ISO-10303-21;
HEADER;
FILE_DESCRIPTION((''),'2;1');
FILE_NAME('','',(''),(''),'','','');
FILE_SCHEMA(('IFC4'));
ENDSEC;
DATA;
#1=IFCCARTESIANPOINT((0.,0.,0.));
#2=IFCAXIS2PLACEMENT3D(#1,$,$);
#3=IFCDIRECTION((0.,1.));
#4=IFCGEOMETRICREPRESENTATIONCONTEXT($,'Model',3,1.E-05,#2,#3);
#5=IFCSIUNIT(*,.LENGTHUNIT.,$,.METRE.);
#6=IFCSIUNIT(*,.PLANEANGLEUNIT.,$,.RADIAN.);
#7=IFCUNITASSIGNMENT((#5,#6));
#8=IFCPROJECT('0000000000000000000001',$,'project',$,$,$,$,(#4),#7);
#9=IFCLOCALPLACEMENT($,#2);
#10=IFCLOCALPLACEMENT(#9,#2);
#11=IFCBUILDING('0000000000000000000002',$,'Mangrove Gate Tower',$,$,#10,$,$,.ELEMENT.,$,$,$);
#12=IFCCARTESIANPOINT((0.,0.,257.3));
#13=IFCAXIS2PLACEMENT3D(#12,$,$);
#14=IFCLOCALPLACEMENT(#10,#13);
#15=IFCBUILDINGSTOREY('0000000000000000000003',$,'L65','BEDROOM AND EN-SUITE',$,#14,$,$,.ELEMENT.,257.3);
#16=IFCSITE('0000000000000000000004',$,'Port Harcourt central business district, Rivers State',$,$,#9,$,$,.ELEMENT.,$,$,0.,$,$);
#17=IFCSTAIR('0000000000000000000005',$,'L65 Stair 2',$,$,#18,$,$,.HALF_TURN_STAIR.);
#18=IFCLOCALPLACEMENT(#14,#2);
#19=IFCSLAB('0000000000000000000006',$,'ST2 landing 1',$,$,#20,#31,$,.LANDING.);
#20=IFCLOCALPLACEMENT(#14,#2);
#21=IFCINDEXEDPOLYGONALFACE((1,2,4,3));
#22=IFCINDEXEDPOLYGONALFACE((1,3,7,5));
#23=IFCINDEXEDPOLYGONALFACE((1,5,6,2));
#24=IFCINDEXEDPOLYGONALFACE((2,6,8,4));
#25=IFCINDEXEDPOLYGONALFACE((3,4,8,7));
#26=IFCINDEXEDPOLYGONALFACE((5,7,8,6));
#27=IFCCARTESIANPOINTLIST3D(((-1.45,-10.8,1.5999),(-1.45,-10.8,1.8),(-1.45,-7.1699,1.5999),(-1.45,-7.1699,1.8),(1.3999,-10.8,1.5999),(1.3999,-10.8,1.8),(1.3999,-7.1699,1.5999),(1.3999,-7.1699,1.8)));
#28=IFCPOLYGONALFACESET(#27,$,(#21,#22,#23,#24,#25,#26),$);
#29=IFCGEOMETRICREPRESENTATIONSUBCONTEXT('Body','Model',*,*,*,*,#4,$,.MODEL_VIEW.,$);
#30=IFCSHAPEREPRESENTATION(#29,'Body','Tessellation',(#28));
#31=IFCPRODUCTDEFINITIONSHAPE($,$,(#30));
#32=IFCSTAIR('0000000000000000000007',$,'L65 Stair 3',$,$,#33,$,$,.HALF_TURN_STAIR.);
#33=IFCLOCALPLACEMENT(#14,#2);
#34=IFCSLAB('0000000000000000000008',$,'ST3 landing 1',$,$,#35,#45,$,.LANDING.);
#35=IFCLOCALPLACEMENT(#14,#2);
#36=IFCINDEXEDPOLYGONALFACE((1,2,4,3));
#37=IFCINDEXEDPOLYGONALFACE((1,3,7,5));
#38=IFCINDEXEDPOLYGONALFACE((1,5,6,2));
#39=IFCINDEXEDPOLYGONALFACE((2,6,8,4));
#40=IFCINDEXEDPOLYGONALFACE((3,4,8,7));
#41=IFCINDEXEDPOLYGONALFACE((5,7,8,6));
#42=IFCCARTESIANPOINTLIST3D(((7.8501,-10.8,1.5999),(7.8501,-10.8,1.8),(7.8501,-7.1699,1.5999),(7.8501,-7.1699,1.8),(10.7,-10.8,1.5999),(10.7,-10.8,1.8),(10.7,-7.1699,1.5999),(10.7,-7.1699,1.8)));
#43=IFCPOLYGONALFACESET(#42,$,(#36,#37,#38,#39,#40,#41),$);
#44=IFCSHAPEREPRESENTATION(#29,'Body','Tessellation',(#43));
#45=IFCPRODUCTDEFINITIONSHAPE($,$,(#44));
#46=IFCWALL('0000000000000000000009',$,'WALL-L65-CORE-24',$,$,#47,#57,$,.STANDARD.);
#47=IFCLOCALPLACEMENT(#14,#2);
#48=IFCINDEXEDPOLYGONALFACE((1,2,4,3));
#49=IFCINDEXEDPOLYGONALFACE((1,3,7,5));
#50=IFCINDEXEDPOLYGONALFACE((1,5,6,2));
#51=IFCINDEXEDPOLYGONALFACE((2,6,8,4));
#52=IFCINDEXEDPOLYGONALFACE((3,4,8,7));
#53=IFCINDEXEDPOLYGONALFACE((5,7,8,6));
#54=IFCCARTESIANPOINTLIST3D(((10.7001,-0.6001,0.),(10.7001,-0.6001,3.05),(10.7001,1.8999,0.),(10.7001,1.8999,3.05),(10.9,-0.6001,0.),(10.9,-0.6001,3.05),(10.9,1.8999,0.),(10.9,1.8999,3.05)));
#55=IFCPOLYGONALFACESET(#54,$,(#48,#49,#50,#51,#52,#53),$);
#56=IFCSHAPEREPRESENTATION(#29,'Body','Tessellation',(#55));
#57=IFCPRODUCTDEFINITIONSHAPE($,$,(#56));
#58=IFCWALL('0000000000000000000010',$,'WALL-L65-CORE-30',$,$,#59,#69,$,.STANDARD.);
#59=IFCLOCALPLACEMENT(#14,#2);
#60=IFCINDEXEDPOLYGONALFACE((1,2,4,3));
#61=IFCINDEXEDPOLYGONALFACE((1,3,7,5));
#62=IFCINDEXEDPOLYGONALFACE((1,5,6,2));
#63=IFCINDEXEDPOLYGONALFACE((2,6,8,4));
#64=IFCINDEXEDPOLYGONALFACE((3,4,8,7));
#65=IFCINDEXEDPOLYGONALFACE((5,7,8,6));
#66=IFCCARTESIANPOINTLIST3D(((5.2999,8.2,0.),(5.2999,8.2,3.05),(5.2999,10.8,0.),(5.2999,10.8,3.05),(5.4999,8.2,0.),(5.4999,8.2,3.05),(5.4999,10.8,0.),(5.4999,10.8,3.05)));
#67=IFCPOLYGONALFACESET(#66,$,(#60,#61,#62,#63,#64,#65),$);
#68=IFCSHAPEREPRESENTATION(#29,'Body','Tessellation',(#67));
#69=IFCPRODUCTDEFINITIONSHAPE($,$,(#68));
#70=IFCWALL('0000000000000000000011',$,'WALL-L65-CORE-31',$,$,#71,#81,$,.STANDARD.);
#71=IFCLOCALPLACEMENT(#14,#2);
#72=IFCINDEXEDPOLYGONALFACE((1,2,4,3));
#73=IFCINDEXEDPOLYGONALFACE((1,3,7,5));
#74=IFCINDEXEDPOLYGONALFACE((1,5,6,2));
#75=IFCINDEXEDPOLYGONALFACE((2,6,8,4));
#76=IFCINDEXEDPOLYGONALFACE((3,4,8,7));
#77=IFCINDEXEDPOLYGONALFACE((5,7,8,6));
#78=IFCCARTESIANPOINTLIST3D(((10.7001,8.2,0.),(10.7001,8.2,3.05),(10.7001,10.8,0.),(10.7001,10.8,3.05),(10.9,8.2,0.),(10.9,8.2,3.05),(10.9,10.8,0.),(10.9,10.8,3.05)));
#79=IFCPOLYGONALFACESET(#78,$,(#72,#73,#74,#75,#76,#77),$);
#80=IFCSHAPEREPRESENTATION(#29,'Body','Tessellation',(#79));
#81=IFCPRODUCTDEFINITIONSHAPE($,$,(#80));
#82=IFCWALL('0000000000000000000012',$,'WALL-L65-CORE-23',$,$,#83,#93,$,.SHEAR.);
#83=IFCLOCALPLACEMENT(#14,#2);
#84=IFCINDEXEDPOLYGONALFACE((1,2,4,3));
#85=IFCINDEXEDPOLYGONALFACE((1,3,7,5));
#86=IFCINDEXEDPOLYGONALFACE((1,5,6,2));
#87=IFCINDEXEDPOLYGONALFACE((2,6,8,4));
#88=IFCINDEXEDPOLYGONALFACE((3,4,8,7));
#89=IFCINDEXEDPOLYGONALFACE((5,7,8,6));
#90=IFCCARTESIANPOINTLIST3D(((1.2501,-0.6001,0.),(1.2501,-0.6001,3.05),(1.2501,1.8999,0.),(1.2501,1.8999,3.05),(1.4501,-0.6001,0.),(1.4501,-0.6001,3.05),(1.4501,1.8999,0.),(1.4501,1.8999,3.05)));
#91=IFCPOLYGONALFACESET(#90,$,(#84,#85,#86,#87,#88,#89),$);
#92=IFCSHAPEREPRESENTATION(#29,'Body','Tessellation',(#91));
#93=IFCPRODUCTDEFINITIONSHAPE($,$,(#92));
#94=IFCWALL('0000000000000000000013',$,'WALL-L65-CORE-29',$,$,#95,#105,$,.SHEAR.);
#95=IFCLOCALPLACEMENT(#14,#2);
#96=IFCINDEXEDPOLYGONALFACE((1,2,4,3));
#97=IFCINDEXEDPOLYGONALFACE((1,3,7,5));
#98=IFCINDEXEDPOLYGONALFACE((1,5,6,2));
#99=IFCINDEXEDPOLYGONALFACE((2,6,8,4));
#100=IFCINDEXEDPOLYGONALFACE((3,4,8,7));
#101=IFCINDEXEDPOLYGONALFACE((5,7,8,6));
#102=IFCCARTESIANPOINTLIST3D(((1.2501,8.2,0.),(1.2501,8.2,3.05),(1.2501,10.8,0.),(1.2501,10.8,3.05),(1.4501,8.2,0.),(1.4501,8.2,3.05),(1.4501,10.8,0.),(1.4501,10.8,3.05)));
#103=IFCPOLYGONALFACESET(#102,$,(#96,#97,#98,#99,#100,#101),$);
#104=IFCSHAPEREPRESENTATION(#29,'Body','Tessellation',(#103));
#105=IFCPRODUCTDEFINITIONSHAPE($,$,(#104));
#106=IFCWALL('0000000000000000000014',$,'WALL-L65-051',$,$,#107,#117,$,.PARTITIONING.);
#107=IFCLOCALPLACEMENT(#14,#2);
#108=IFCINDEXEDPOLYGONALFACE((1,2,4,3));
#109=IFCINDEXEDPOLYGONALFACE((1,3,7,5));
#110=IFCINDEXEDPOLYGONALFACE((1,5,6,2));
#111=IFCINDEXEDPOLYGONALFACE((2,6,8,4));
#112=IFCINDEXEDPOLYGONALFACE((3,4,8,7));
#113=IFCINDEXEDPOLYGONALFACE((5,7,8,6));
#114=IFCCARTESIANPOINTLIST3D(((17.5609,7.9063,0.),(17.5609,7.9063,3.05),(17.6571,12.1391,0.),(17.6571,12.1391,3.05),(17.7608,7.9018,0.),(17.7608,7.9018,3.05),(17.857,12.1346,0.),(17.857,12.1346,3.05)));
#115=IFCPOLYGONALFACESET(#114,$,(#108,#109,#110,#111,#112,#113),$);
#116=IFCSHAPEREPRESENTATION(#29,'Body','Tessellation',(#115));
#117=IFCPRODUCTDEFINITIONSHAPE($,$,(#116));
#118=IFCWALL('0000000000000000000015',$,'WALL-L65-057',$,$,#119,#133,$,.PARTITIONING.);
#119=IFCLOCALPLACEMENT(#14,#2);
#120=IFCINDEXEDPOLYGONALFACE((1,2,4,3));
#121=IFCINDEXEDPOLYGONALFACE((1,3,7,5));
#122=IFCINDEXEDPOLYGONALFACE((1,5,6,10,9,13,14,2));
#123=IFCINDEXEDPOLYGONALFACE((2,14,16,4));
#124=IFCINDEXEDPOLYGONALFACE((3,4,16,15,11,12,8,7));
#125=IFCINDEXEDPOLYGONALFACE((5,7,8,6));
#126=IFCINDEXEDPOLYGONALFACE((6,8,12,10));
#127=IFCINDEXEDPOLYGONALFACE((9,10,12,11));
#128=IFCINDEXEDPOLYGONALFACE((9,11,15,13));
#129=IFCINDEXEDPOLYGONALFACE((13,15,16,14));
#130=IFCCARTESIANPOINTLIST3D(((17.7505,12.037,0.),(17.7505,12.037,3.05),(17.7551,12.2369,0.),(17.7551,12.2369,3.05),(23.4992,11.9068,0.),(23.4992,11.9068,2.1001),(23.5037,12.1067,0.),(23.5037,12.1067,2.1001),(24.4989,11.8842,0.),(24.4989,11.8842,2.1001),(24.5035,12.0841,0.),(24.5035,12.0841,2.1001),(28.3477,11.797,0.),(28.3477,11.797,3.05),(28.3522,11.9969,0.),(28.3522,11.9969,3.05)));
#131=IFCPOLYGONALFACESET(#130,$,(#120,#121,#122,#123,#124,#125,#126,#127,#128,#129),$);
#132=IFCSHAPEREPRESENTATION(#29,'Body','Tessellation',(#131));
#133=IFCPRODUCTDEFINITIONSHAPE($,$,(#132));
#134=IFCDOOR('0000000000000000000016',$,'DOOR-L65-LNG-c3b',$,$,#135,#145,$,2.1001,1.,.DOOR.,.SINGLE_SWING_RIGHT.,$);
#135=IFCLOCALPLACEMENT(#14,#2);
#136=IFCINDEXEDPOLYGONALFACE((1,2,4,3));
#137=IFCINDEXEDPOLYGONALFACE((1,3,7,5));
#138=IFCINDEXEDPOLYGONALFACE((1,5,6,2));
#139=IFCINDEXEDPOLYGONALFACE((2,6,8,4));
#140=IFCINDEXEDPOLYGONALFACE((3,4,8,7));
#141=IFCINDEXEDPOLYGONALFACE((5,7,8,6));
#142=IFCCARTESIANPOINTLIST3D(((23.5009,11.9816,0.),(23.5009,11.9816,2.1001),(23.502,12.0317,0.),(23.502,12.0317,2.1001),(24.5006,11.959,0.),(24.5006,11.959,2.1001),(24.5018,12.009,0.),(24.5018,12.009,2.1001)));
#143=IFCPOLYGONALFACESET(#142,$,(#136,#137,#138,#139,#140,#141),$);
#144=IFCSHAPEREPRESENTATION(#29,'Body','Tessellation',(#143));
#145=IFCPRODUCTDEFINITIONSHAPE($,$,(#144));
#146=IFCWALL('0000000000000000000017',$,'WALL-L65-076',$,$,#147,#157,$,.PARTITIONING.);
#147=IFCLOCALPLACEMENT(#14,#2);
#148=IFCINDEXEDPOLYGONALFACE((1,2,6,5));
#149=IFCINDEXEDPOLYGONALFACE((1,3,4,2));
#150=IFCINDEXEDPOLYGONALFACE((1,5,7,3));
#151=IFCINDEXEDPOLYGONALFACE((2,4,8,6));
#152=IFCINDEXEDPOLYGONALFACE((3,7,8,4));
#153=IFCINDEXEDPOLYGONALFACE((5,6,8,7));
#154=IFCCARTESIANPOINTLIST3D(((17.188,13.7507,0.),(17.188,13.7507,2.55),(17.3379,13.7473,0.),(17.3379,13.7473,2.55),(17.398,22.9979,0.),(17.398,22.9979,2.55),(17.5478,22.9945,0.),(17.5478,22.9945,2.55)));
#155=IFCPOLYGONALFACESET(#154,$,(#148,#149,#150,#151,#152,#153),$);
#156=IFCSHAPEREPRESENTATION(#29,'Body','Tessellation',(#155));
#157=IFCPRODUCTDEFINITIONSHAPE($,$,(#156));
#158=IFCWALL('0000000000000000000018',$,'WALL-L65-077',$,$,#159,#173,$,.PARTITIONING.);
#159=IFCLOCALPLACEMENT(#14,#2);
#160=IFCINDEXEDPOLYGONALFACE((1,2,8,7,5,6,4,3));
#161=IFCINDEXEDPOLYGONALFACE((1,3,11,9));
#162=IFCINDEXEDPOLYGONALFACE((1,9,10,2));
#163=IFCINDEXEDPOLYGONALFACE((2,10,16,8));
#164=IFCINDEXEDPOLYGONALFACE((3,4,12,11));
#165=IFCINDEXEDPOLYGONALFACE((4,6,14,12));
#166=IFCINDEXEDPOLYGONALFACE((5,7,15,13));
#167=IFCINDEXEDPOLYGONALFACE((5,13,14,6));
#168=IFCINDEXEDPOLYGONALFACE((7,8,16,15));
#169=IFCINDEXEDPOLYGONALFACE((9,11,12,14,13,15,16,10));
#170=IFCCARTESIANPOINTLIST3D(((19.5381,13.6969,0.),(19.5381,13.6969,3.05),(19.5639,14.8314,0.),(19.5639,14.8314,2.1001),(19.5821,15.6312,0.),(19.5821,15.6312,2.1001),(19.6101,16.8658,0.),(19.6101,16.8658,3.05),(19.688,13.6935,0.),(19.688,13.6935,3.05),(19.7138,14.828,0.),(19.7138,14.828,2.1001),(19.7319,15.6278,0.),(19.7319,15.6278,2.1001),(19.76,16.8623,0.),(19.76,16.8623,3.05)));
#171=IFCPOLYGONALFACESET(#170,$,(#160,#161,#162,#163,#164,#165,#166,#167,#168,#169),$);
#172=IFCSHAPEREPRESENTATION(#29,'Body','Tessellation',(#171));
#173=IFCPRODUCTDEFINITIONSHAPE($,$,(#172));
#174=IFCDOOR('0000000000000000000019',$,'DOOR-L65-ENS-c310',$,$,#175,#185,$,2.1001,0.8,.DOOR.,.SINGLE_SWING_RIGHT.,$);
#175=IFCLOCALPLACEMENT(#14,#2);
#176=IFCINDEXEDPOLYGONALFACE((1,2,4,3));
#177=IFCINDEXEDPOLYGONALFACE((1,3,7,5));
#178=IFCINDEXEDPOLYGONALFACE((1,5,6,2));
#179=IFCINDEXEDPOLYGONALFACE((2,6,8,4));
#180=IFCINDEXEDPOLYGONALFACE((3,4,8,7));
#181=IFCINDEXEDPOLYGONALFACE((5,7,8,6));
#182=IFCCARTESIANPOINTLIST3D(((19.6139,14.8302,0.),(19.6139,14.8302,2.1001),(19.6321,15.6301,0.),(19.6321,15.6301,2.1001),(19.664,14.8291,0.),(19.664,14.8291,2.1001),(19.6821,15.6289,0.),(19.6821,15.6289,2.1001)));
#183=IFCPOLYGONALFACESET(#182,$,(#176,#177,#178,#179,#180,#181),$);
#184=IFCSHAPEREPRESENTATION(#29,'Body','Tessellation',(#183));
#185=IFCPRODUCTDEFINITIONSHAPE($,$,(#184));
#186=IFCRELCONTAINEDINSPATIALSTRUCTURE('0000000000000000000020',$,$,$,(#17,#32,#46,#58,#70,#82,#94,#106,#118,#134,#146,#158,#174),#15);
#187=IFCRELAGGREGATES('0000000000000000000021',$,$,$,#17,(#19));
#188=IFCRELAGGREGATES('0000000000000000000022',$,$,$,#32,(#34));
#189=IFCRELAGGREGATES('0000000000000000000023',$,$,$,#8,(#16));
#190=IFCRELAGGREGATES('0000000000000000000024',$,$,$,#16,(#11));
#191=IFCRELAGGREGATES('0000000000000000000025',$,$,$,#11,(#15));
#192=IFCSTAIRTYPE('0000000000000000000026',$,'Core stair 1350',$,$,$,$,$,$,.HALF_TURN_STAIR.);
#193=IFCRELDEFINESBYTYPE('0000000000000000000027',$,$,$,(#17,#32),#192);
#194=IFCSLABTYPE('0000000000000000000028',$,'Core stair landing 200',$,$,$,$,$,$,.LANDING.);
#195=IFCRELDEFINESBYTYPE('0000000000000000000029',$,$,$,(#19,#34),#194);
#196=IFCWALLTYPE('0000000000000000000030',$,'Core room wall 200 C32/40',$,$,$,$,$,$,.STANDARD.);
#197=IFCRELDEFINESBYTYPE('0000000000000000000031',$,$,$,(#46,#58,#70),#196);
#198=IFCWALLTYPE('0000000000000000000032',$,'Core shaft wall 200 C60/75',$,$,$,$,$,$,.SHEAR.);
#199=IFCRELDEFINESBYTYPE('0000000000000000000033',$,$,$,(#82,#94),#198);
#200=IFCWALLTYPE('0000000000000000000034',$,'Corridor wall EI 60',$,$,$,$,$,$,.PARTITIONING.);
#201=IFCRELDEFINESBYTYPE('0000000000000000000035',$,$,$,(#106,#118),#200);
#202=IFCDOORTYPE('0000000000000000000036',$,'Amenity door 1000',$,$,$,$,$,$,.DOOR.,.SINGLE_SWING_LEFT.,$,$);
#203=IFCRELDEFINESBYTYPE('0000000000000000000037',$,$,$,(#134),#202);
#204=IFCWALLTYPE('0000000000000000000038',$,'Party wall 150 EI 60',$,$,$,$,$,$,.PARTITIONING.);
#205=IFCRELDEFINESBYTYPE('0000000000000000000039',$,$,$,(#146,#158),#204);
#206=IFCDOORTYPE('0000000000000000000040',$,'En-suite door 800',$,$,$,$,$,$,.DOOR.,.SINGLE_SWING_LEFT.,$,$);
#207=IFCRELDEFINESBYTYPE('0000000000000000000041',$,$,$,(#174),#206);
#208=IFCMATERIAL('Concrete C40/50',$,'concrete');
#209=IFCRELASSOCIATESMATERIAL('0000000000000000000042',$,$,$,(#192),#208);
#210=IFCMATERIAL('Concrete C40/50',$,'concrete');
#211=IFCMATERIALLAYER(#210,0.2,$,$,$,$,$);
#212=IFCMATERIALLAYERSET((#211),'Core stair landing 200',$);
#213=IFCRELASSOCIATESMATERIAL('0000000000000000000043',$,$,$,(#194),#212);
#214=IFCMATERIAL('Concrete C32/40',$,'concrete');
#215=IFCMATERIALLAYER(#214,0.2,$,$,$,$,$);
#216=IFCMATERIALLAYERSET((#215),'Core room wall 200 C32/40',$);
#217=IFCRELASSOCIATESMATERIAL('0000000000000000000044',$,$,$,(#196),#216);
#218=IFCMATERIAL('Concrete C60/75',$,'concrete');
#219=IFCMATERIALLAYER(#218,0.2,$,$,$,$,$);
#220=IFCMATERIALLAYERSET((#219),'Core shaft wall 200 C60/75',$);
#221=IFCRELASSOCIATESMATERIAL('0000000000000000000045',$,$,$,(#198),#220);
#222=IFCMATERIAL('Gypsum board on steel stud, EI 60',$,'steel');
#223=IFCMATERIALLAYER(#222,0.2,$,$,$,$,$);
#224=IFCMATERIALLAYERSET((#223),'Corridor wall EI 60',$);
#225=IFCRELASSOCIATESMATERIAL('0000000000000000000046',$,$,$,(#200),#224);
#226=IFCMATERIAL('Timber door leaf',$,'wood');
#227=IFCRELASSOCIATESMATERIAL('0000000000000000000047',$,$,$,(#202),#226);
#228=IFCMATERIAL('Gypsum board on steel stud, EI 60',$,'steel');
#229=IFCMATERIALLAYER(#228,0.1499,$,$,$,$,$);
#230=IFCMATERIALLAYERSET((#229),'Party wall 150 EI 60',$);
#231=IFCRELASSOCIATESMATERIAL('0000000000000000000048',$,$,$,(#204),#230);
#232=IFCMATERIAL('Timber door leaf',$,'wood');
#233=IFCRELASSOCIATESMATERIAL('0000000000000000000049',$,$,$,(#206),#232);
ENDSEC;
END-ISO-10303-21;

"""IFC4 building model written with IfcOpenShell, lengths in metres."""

from ifc_helpers import new_model, si_unit, direction, frame, frame_2d, origin, place, context, subcontext, project, spatial, polyline, rectangle, outline, extrude, material, layer, layer_set, type_object, element, fill, aggregate, save


model = new_model("IFC4")

# Units and contexts
model_context = context("Model", 3, precision=1e-05, world=origin(), true_north=direction((0.0, 1.0)))
body_context = subcontext(model_context, "Body", "Model", "MODEL_VIEW")
ifc_project = project(units=[si_unit("LENGTHUNIT", "METRE"), si_unit("PLANEANGLEUNIT", "RADIAN")], contexts=[model_context])

# Site, building, storey
site_placement = place(None, origin())
site = spatial("IfcSite", under=ifc_project, at=site_placement, Name="Port Harcourt central business district, Rivers State", CompositionType="ELEMENT", RefElevation=0.0)
building_placement = place(site_placement, origin())
building = spatial("IfcBuilding", under=site, at=building_placement, Name="Mangrove Gate Tower", CompositionType="ELEMENT")
storey_placement = place(building_placement, frame((0.0, 0.0, 257.3)))
storey = spatial("IfcBuildingStorey", under=building, at=storey_placement, Name="L65", Description="BEDROOM AND EN-SUITE", CompositionType="ELEMENT", Elevation=257.3)

# Stairs, slabs
ifc_material_1 = material(Name="Concrete C40/50", Category="concrete")
stair_type = type_object("IfcStairType", Name="Core stair 1350", PredefinedType="HALF_TURN_STAIR", material=ifc_material_1)
ifc_material_2 = material(Name="Concrete C40/50", Category="concrete")
ifc_layer_1 = layer(ifc_material_2, 0.2)
ifc_layer_set_1 = layer_set([ifc_layer_1], Name="Core stair landing 200")
slab_type_1 = type_object("IfcSlabType", Name="Core stair landing 200", PredefinedType="LANDING", material=ifc_layer_set_1)
stair_1_placement = place(storey_placement, origin())
stair_1 = element("IfcStair", 1, at=stair_1_placement, inside=storey, type_object=stair_type, Name="L65 Stair 2", PredefinedType="HALF_TURN_STAIR")
slab_1_placement = place(storey_placement, frame((0.0, 0.0, 1.5999)))
slab_1 = element("IfcSlab", 2, at=slab_1_placement, type_object=slab_type_1, Name="ST2 landing 1", PredefinedType="LANDING", context=body_context, shape_type="SweptSolid", body=[
    extrude(outline(polyline([(-1.45, -7.1699), (-1.45, -10.8), (1.3999, -10.8), (1.3999, -7.1699), (-1.45, -7.1699)])), origin(), (0.0, 0.0, 1.0), 0.2002),
])
aggregate(stair_1, [slab_1])
stair_2_placement = place(storey_placement, origin())
stair_2 = element("IfcStair", 3, at=stair_2_placement, inside=storey, type_object=stair_type, Name="L65 Stair 3", PredefinedType="HALF_TURN_STAIR")
slab_2_placement = place(storey_placement, frame((0.0, 0.0, 1.5999)))
slab_2 = element("IfcSlab", 4, at=slab_2_placement, type_object=slab_type_1, Name="ST3 landing 1", PredefinedType="LANDING", context=body_context, shape_type="SweptSolid", body=[
    extrude(outline(polyline([(7.8501, -7.1699), (7.8501, -10.8), (10.7, -10.8), (10.7, -7.1699), (7.8501, -7.1699)])), origin(), (0.0, 0.0, 1.0), 0.2002),
])
aggregate(stair_2, [slab_2])

# Walls
ifc_material_3 = material(Name="Concrete C32/40", Category="concrete")
ifc_layer_2 = layer(ifc_material_3, 0.2)
ifc_layer_set_2 = layer_set([ifc_layer_2], Name="Core room wall 200 C32/40")
wall_type_1 = type_object("IfcWallType", Name="Core room wall 200 C32/40", PredefinedType="STANDARD", material=ifc_layer_set_2)
wall_1_placement = place(storey_placement, frame((10.8, -0.6001, 0.0), z_axis=(0.0, 0.0, 1.0), x_axis=(0.0, 1.0, 0.0)))
element("IfcWall", 5, at=wall_1_placement, inside=storey, type_object=wall_type_1, Name="WALL-L65-CORE-24", PredefinedType="STANDARD", context=body_context, shape_type="SweptSolid", body=[
    extrude(rectangle(XDim=2.5, YDim=0.2, at=frame_2d((1.25, 0.0))), origin(), (0.0, 0.0, 1.0), 3.05),
])
for number, where, z_axis, x_axis, name in (
    (6, (5.3999, 8.2, 0.0), (0.0, 0.0, 1.0), (0.0, 1.0, 0.0), "WALL-L65-CORE-30"),
    (7, (10.8, 8.2, 0.0), (0.0, 0.0, 1.0), (0.0, 1.0, 0.0), "WALL-L65-CORE-31"),
):
    element("IfcWall", number, at=place(storey_placement, frame(where, z_axis=z_axis, x_axis=x_axis)), inside=storey, type_object=wall_type_1, Name=name, PredefinedType="STANDARD", context=body_context, shape_type="SweptSolid", body=[
        extrude(rectangle(XDim=2.6001, YDim=0.2, at=frame_2d((1.3, 0.0))), origin(), (0.0, 0.0, 1.0), 3.05),
    ])
ifc_material_4 = material(Name="Concrete C60/75", Category="concrete")
ifc_layer_3 = layer(ifc_material_4, 0.2)
ifc_layer_set_3 = layer_set([ifc_layer_3], Name="Core shaft wall 200 C60/75")
wall_type_2 = type_object("IfcWallType", Name="Core shaft wall 200 C60/75", PredefinedType="SHEAR", material=ifc_layer_set_3)
wall_2_placement = place(storey_placement, frame((1.3501, -0.6001, 0.0), z_axis=(0.0, 0.0, 1.0), x_axis=(0.0, 1.0, 0.0)))
element("IfcWall", 8, at=wall_2_placement, inside=storey, type_object=wall_type_2, Name="WALL-L65-CORE-23", PredefinedType="SHEAR", context=body_context, shape_type="SweptSolid", body=[
    extrude(rectangle(XDim=2.5, YDim=0.2, at=frame_2d((1.25, 0.0))), origin(), (0.0, 0.0, 1.0), 3.05),
])
wall_3_placement = place(storey_placement, frame((1.3501, 8.2, 0.0), z_axis=(0.0, 0.0, 1.0), x_axis=(0.0, 1.0, 0.0)))
element("IfcWall", 9, at=wall_3_placement, inside=storey, type_object=wall_type_2, Name="WALL-L65-CORE-29", PredefinedType="SHEAR", context=body_context, shape_type="SweptSolid", body=[
    extrude(rectangle(XDim=2.6001, YDim=0.2, at=frame_2d((1.3, 0.0))), origin(), (0.0, 0.0, 1.0), 3.05),
])
ifc_material_5 = material(Name="Gypsum board on steel stud, EI 60", Category="steel")
ifc_layer_4 = layer(ifc_material_5, 0.2)
ifc_layer_set_4 = layer_set([ifc_layer_4], Name="Corridor wall EI 60")
wall_type_3 = type_object("IfcWallType", Name="Corridor wall EI 60", PredefinedType="PARTITIONING", material=ifc_layer_set_4)
wall_4_placement = place(storey_placement, frame((17.6609, 7.9041, 0.0), z_axis=(0.0, 0.0, 1.0), x_axis=(0.022719, 0.999742, 0.0)))
element("IfcWall", 10, at=wall_4_placement, inside=storey, type_object=wall_type_3, Name="WALL-L65-051", PredefinedType="PARTITIONING", context=body_context, shape_type="SweptSolid", body=[
    extrude(rectangle(XDim=4.2339, YDim=0.2, at=frame_2d((2.1169, 0.0))), origin(), (0.0, 0.0, 1.0), 3.05),
])

# Wall, opening, door
wall_5_placement = place(storey_placement, frame((17.7529, 12.137, 0.0), z_axis=(0.0, 0.0, 1.0), x_axis=(0.999744, -0.022641, 0.0)))
wall_5 = element("IfcWall", 11, at=wall_5_placement, inside=storey, type_object=wall_type_3, Name="WALL-L65-057", PredefinedType="PARTITIONING", context=body_context, shape_type="SweptSolid", body=[
    extrude(rectangle(XDim=10.5999, YDim=0.2, at=frame_2d((5.2998, 0.0))), origin(), (0.0, 0.0, 1.0), 3.05),
])
opening_1_placement = place(wall_5_placement, frame((5.75, 0.0, 0.0)))
opening_1 = element("IfcOpeningElement", 12, at=opening_1_placement, cuts=wall_5, PredefinedType="OPENING", context=body_context, shape_type="SweptSolid", body=[
    extrude(rectangle(XDim=1.0, YDim=2.1001, at=frame_2d((0.5, 1.05))), frame((0.0, 0.1099, 0.0), z_axis=(0.0, -1.0, 0.0), x_axis=(1.0, 0.0, 0.0)), (0.0, 0.0, 1.0), 0.22),
])
ifc_material_6 = material(Name="Timber door leaf", Category="wood")
door_type_1 = type_object("IfcDoorType", Name="Amenity door 1000", OperationType="SINGLE_SWING_LEFT", PredefinedType="DOOR", material=ifc_material_6)
door_1_placement = place(opening_1_placement, origin())
door_1 = element("IfcDoor", 13, at=door_1_placement, inside=storey, type_object=door_type_1, Name="DOOR-L65-LNG-c3b", OperationType="SINGLE_SWING_RIGHT", OverallHeight=2.1001, OverallWidth=1.0, PredefinedType="DOOR", context=body_context, shape_type="SweptSolid", body=[
    extrude(rectangle(XDim=1.0, YDim=2.1001, at=frame_2d((0.5, 1.05))), frame((0.0, 0.0249, 0.0), z_axis=(0.0, -1.0, 0.0), x_axis=(1.0, 0.0, 0.0)), (0.0, 0.0, 1.0), 0.05),
])
fill(opening_1, door_1)

# Wall
ifc_material_7 = material(Name="Gypsum board on steel stud, EI 60", Category="steel")
ifc_layer_5 = layer(ifc_material_7, 0.1499)
ifc_layer_set_5 = layer_set([ifc_layer_5], Name="Party wall 150 EI 60")
wall_type_4 = type_object("IfcWallType", Name="Party wall 150 EI 60", PredefinedType="PARTITIONING", material=ifc_layer_set_5)
wall_6_placement = place(storey_placement, frame((17.2629, 13.749, 0.0), z_axis=(0.0, 0.0, 1.0), x_axis=(0.0227, 0.999742, 0.0)))
element("IfcWall", 14, at=wall_6_placement, inside=storey, type_object=wall_type_4, Name="WALL-L65-076", PredefinedType="PARTITIONING", context=body_context, shape_type="SweptSolid", body=[
    extrude(rectangle(XDim=9.2495, YDim=0.1499, at=frame_2d((4.6248, 0.0))), origin(), (0.0, 0.0, 1.0), 2.55),
])

# Wall, opening, door
wall_7_placement = place(storey_placement, frame((19.613, 13.6951, 0.0), z_axis=(0.0, 0.0, 1.0), x_axis=(0.022721, 0.999742, 0.0)))
wall_7 = element("IfcWall", 15, at=wall_7_placement, inside=storey, type_object=wall_type_4, Name="WALL-L65-077", PredefinedType="PARTITIONING", context=body_context, shape_type="SweptSolid", body=[
    extrude(rectangle(XDim=3.1697, YDim=0.1499, at=frame_2d((1.585, 0.0))), origin(), (0.0, 0.0, 1.0), 3.05),
])
opening_2_placement = place(wall_7_placement, frame((1.135, 0.0, 0.0)))
opening_2 = element("IfcOpeningElement", 16, at=opening_2_placement, cuts=wall_7, PredefinedType="OPENING", context=body_context, shape_type="SweptSolid", body=[
    extrude(rectangle(XDim=0.8, YDim=2.1001, at=frame_2d((0.3999, 1.05))), frame((0.0, 0.085, 0.0), z_axis=(0.0, -1.0, 0.0), x_axis=(1.0, 0.0, 0.0)), (0.0, 0.0, 1.0), 0.1699),
])
ifc_material_8 = material(Name="Timber door leaf", Category="wood")
door_type_2 = type_object("IfcDoorType", Name="En-suite door 800", OperationType="SINGLE_SWING_LEFT", PredefinedType="DOOR", material=ifc_material_8)
door_2_placement = place(opening_2_placement, origin())
door_2 = element("IfcDoor", 17, at=door_2_placement, inside=storey, type_object=door_type_2, Name="DOOR-L65-ENS-c310", OperationType="SINGLE_SWING_RIGHT", OverallHeight=2.1001, OverallWidth=0.8, PredefinedType="DOOR", context=body_context, shape_type="SweptSolid", body=[
    extrude(rectangle(XDim=0.8, YDim=2.1001, at=frame_2d((0.3999, 1.05))), frame((0.0, 0.0249, 0.0), z_axis=(0.0, -1.0, 0.0), x_axis=(1.0, 0.0, 0.0)), (0.0, 0.0, 1.0), 0.05),
])
fill(opening_2, door_2)

save(model, "model.ifc")
